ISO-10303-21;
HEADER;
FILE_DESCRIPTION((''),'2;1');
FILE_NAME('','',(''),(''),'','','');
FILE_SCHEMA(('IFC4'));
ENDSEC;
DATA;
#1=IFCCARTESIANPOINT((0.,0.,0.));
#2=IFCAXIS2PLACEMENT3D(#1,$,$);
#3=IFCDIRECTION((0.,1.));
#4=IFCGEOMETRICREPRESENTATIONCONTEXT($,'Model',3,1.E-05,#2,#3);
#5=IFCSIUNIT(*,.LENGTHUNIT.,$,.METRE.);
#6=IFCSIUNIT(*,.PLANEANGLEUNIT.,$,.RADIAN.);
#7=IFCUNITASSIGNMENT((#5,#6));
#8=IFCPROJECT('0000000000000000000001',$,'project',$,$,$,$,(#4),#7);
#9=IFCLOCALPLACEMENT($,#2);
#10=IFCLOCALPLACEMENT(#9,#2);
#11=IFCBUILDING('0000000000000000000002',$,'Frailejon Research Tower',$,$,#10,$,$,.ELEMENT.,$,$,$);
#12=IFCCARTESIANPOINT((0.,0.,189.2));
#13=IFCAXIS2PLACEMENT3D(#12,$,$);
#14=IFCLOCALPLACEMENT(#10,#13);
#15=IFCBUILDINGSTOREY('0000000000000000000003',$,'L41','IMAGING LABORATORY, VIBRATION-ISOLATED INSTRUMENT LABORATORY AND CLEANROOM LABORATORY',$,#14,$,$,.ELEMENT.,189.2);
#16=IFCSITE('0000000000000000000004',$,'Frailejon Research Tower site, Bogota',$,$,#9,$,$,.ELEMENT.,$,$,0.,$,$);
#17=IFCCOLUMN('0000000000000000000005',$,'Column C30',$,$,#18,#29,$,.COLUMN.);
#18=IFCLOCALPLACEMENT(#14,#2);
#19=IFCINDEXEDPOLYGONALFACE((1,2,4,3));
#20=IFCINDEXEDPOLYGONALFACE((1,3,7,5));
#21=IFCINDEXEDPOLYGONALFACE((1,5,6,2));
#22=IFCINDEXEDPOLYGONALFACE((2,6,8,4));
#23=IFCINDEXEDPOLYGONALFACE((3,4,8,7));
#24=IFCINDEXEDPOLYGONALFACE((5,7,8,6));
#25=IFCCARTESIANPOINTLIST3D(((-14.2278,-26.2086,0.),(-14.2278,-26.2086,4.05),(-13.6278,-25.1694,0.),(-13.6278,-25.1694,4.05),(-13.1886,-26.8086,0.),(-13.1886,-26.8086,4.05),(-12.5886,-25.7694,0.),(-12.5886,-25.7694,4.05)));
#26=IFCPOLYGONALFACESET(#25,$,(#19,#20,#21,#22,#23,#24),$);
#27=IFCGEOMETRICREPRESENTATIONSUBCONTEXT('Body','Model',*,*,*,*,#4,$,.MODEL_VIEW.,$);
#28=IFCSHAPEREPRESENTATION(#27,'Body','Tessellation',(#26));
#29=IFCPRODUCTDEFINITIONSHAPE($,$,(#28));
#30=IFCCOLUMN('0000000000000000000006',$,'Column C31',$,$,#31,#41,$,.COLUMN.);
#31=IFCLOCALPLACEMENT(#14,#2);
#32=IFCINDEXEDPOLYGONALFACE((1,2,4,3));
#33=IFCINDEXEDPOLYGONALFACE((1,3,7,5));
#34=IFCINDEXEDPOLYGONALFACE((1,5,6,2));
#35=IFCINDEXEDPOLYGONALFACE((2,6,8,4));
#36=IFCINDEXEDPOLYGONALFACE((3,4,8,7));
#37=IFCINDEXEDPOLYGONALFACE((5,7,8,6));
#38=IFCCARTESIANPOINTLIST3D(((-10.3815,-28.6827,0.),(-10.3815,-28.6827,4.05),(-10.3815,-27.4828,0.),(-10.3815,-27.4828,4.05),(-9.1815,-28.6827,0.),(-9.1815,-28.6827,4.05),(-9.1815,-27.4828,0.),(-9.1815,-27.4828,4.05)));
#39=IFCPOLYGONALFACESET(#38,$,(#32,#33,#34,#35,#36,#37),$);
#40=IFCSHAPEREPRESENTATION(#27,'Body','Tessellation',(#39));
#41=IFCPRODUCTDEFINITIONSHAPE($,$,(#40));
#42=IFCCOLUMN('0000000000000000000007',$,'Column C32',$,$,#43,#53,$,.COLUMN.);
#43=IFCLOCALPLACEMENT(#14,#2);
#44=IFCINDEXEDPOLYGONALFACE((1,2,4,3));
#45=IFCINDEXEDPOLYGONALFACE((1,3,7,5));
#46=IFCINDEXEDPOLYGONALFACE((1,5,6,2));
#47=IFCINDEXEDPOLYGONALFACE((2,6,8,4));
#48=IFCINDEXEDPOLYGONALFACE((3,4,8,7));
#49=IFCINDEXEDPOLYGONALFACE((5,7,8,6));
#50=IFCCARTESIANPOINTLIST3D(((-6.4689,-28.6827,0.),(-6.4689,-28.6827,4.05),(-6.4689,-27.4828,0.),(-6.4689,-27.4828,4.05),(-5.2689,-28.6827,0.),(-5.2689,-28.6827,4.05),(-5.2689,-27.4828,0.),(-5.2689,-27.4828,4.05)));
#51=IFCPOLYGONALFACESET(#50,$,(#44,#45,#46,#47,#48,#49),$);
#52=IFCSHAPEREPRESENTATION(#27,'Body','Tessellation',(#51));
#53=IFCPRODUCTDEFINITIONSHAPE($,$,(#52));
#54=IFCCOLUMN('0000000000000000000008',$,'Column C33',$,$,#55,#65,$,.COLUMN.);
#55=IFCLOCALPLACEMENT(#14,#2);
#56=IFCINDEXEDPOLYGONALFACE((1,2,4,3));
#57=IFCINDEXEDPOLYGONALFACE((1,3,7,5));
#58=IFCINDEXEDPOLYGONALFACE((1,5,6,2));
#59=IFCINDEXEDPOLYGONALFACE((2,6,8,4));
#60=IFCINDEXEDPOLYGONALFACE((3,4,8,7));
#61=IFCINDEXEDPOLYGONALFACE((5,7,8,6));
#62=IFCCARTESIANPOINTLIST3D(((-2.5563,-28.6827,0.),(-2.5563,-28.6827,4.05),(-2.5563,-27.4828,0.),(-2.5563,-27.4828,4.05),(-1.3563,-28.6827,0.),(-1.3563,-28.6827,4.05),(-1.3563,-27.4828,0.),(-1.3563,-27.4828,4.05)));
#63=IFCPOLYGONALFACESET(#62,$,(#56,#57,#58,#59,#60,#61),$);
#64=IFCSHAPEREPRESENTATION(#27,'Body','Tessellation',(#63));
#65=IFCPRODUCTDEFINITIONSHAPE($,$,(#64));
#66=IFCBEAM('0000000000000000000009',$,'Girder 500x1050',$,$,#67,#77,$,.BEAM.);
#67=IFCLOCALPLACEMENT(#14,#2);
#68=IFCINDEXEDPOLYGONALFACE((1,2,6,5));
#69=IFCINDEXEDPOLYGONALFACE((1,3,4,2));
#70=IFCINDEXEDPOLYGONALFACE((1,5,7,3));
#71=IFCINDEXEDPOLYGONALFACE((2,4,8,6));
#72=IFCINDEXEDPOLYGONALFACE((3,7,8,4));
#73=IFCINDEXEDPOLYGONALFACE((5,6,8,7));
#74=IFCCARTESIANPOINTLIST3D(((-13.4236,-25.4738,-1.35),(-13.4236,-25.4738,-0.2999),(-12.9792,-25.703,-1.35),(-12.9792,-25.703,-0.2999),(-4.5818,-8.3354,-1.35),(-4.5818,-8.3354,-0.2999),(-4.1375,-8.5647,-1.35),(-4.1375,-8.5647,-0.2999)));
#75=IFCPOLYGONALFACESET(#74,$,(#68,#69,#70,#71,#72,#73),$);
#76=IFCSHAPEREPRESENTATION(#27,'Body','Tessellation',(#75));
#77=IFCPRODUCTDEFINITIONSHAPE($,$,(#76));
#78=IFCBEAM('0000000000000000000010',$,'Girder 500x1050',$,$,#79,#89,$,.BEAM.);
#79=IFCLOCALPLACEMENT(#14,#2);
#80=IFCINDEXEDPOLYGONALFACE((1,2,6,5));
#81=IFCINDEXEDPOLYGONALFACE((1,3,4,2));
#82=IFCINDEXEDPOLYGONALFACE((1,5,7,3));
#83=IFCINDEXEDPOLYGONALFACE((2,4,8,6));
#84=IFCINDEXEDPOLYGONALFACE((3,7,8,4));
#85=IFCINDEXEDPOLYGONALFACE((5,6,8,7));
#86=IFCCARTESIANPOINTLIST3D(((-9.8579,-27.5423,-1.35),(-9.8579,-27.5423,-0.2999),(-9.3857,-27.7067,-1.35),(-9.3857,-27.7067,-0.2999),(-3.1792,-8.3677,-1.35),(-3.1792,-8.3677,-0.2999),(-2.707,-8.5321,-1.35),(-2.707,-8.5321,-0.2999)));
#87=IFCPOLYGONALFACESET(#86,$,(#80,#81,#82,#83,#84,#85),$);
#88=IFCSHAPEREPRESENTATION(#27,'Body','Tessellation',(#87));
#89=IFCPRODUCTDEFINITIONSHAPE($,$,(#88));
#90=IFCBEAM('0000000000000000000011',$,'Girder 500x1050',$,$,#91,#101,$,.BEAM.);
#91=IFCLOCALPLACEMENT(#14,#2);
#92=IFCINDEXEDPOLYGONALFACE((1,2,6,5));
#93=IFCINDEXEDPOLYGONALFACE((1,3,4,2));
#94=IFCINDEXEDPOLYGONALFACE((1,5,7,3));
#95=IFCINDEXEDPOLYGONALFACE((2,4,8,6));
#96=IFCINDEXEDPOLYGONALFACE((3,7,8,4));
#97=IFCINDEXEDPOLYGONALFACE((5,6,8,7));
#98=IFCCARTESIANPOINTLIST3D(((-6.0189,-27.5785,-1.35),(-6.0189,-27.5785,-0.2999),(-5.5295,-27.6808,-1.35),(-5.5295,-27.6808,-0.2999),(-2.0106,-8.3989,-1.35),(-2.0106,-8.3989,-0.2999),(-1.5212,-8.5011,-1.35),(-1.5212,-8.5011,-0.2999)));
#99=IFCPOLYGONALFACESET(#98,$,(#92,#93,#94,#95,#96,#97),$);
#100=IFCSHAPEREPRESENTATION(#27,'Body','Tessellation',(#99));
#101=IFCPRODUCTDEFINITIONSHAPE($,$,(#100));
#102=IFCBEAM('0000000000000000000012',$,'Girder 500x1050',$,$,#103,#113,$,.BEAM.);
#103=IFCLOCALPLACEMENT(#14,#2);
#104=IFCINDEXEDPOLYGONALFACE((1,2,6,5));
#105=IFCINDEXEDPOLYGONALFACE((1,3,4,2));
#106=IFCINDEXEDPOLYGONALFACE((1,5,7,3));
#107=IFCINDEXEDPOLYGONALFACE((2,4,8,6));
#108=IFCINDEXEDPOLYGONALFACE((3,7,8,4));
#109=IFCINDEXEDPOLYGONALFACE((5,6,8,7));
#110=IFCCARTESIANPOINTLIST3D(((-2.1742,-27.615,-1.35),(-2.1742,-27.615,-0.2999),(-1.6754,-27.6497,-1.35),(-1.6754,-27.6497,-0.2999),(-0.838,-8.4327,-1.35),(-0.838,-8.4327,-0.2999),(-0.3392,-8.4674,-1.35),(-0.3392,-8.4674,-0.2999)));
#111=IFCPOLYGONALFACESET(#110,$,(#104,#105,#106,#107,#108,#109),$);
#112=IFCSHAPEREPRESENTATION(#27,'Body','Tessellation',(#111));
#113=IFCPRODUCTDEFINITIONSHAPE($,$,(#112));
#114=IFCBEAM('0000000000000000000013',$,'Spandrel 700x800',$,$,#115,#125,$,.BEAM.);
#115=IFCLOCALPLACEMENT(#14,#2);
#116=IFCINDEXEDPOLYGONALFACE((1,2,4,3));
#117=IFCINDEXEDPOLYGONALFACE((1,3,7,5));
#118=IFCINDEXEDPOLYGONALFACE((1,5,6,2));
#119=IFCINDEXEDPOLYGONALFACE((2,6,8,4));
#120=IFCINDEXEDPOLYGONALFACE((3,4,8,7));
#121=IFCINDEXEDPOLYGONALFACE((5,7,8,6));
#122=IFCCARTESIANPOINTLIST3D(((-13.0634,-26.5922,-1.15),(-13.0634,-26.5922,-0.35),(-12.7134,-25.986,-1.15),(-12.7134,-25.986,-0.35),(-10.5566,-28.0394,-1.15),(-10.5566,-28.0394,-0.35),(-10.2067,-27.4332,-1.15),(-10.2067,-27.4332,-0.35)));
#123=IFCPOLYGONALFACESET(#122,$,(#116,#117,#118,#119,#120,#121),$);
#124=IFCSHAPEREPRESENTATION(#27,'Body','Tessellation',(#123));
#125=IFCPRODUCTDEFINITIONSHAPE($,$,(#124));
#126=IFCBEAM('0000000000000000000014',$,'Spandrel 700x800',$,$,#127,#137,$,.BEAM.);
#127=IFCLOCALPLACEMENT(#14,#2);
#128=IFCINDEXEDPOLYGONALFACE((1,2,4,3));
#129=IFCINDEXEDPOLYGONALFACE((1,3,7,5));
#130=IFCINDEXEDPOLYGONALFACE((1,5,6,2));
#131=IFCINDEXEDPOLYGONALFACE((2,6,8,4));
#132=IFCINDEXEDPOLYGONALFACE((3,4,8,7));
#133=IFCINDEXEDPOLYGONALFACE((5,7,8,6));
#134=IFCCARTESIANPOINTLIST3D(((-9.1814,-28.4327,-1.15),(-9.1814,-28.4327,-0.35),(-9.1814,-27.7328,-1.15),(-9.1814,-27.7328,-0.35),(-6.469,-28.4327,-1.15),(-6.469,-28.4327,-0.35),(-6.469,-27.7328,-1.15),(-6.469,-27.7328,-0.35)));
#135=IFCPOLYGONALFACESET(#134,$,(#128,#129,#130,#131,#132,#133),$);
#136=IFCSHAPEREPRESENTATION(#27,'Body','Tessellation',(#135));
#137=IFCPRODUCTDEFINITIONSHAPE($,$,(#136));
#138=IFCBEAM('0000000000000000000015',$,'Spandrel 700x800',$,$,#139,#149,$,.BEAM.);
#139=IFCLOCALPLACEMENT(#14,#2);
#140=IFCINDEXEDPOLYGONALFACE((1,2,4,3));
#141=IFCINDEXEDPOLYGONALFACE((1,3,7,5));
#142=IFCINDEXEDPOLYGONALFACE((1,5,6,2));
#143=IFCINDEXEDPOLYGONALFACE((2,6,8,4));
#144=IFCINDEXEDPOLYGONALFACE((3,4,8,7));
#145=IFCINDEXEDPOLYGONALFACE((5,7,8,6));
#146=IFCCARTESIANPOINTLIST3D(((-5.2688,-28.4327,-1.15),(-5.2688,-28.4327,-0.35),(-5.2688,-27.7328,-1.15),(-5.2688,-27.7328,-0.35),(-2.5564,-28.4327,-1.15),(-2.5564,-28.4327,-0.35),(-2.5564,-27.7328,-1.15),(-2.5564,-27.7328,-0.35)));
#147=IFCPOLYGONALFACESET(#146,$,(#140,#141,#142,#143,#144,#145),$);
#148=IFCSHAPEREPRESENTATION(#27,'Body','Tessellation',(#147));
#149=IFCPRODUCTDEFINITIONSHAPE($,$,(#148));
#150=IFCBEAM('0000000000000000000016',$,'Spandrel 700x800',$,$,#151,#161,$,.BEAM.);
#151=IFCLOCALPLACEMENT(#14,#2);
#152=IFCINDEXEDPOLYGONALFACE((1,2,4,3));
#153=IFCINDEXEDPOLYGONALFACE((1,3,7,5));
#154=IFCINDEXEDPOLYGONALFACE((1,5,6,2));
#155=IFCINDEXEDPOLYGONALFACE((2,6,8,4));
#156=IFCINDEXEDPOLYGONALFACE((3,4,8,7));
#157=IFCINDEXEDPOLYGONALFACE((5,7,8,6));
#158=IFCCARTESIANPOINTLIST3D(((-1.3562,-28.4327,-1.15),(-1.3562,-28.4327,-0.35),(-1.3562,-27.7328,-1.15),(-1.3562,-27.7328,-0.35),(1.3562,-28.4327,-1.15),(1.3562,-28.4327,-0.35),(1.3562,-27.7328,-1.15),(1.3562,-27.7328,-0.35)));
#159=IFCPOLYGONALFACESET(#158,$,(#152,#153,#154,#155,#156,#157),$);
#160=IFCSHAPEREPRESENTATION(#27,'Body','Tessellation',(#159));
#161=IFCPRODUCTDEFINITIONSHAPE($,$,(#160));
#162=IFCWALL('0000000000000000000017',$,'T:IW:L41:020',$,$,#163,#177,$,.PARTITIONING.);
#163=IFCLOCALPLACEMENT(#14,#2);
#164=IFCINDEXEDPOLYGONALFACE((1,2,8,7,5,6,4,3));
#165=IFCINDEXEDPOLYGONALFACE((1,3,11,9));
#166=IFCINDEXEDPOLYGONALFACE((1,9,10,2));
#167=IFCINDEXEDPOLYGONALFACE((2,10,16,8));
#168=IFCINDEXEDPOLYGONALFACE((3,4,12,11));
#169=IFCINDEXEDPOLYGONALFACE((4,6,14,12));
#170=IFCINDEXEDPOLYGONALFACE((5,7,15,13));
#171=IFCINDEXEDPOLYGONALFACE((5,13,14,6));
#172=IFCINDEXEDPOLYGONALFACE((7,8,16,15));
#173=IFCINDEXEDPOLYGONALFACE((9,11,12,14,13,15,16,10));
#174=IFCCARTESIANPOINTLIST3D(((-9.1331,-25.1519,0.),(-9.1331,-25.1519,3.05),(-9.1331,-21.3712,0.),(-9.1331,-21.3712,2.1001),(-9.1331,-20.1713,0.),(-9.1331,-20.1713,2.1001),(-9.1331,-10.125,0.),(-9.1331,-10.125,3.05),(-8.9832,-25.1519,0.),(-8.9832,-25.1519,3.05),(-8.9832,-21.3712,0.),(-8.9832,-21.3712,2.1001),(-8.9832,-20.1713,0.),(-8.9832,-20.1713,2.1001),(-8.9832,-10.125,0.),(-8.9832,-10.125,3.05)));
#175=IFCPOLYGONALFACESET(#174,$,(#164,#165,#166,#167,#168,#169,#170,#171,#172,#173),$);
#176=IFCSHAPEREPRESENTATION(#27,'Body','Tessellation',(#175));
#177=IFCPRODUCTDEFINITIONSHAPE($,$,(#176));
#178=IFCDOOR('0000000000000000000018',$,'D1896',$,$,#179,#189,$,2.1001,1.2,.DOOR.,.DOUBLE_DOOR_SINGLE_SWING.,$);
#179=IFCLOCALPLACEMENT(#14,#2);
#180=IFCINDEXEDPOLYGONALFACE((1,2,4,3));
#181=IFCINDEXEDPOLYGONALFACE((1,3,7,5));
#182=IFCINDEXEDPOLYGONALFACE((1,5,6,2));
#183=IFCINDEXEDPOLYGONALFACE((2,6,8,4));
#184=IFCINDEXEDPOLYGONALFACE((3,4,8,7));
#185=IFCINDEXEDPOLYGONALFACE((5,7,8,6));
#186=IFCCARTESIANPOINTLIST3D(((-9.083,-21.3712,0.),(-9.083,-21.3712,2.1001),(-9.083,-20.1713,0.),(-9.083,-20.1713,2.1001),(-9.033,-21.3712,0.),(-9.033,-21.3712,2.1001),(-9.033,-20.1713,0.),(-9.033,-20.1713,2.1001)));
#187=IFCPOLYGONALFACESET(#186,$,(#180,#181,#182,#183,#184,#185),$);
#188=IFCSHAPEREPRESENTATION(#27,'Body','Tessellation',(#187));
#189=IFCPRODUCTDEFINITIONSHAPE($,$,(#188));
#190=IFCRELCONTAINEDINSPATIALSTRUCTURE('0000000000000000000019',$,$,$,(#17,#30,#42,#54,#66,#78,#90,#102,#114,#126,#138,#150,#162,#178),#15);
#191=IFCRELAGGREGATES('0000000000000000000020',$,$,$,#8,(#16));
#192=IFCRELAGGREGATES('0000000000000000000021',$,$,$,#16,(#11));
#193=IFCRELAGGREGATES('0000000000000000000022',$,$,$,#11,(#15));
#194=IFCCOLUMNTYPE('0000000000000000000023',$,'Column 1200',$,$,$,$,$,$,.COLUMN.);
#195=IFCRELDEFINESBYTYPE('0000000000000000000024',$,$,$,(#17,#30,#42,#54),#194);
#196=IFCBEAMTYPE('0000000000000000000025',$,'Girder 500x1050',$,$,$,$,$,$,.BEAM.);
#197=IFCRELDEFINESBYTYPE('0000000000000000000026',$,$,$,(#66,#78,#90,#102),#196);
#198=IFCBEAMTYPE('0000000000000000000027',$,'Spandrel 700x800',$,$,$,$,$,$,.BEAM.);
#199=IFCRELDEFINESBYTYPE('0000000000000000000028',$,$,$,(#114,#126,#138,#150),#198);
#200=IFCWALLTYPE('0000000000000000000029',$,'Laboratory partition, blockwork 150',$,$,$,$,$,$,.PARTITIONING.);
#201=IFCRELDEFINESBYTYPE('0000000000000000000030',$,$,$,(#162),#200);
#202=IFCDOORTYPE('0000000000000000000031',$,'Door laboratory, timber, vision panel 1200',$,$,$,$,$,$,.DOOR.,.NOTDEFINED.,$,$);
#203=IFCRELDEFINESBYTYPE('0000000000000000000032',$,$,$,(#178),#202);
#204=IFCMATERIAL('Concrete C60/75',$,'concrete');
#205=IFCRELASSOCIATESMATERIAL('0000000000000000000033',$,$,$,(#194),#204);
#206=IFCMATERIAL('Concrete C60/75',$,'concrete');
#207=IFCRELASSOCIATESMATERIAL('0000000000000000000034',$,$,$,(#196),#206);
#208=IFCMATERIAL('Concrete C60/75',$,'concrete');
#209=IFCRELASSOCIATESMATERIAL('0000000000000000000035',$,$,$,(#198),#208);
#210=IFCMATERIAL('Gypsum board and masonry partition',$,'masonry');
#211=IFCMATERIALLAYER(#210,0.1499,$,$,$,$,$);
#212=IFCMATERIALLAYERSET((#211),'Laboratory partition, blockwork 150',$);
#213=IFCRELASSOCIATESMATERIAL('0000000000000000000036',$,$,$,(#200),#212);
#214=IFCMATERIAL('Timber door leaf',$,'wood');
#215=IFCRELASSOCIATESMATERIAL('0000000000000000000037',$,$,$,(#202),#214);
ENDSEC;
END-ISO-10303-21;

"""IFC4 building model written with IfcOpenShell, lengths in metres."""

from ifc_helpers import new_model, si_unit, direction, frame, frame_2d, origin, origin_2d, place, context, subcontext, project, spatial, rectangle, extrude, material, layer, layer_set, material_profile, profile_set, type_object, element, fill, save


model = new_model("IFC4")

# Units and contexts
model_context = context("Model", 3, precision=1e-05, world=origin(), true_north=direction((0.0, 1.0)))
body_context = subcontext(model_context, "Body", "Model", "MODEL_VIEW")
ifc_project = project(units=[si_unit("LENGTHUNIT", "METRE"), si_unit("PLANEANGLEUNIT", "RADIAN")], contexts=[model_context])

# Site, building, storey
site_placement = place(None, origin())
site = spatial("IfcSite", under=ifc_project, at=site_placement, Name="Frailejon Research Tower site, Bogota", CompositionType="ELEMENT", RefElevation=0.0)
building_placement = place(site_placement, origin())
building = spatial("IfcBuilding", under=site, at=building_placement, Name="Frailejon Research Tower", CompositionType="ELEMENT")
storey_placement = place(building_placement, frame((0.0, 0.0, 189.2)))
storey = spatial("IfcBuildingStorey", under=building, at=storey_placement, Name="L41", Description="IMAGING LABORATORY, VIBRATION-ISOLATED INSTRUMENT LABORATORY AND CLEANROOM LABORATORY", CompositionType="ELEMENT", Elevation=189.2)

# Columns
ifc_material_1 = material(Name="Concrete C60/75", Category="concrete")
ifc_material_profile_1 = material_profile(ifc_material_1, rectangle(XDim=1.2, YDim=1.2, at=origin_2d()), Name="Column 1200")
ifc_profile_set_1 = profile_set([ifc_material_profile_1], Name="Concrete C60/75")
column_type = type_object("IfcColumnType", Name="Column 1200", PredefinedType="COLUMN", material=ifc_profile_set_1)
for number, where, z_axis, x_axis, name in (
    (1, (-13.4082, -25.989, 0.0), (0.0, 0.0, 1.0), (0.866025, -0.5, 0.0), "Column C30"),
    (2, (-9.7815, -28.0828, 0.0), (0.0, 0.0, 1.0), (1.0, 0.0, 0.0), "Column C31"),
    (3, (-5.8689, -28.0828, 0.0), (0.0, 0.0, 1.0), (1.0, 0.0, 0.0), "Column C32"),
    (4, (-1.9563, -28.0828, 0.0), (0.0, 0.0, 1.0), (1.0, 0.0, 0.0), "Column C33"),
):
    element("IfcColumn", number, at=place(storey_placement, frame(where, z_axis=z_axis, x_axis=x_axis)), inside=storey, type_object=column_type, Name=name, PredefinedType="COLUMN", context=body_context, shape_type="SweptSolid", body=[
        extrude(rectangle(XDim=1.2, YDim=1.2, at=origin_2d()), origin(), (0.0, 0.0, 1.0), 4.05),
    ])

# Beams
ifc_material_2 = material(Name="Concrete C60/75", Category="concrete")
ifc_material_profile_2 = material_profile(ifc_material_2, rectangle(XDim=0.5, YDim=1.05, at=origin_2d()), Name="Girder 500x1050")
ifc_profile_set_2 = profile_set([ifc_material_profile_2], Name="Concrete C60/75")
beam_type_1 = type_object("IfcBeamType", Name="Girder 500x1050", PredefinedType="BEAM", material=ifc_profile_set_2)
beam_1_placement = place(storey_placement, frame((-13.2014, -25.5884, -0.825), z_axis=(0.458486, 0.888702, 0.0), x_axis=(-0.888702, 0.458486, 0.0)))
element("IfcBeam", 5, at=beam_1_placement, inside=storey, type_object=beam_type_1, Name="Girder 500x1050", PredefinedType="BEAM", context=body_context, shape_type="SweptSolid", body=[
    extrude(rectangle(XDim=0.5, YDim=1.05, at=origin_2d()), origin(), (0.0, 0.0, 1.0), 19.2847),
])
beam_2_placement = place(storey_placement, frame((-9.6218, -27.6245, -0.825), z_axis=(0.328929, 0.944355, 0.0), x_axis=(-0.944355, 0.328929, 0.0)))
element("IfcBeam", 6, at=beam_2_placement, inside=storey, type_object=beam_type_1, Name="Girder 500x1050", PredefinedType="BEAM", context=body_context, shape_type="SweptSolid", body=[
    extrude(rectangle(XDim=0.5, YDim=1.05, at=origin_2d()), origin(), (0.0, 0.0, 1.0), 20.3044),
])
beam_3_placement = place(storey_placement, frame((-5.7742, -27.6296, -0.825), z_axis=(0.204567, 0.978853, 0.0), x_axis=(-0.978853, 0.204567, 0.0)))
element("IfcBeam", 7, at=beam_3_placement, inside=storey, type_object=beam_type_1, Name="Girder 500x1050", PredefinedType="BEAM", context=body_context, shape_type="SweptSolid", body=[
    extrude(rectangle(XDim=0.5, YDim=1.05, at=origin_2d()), origin(), (0.0, 0.0, 1.0), 19.594),
])
beam_4_placement = place(storey_placement, frame((-1.9248, -27.6323, -0.825), z_axis=(0.069488, 0.997583, 0.0), x_axis=(-0.997583, 0.069488, 0.0)))
element("IfcBeam", 8, at=beam_4_placement, inside=storey, type_object=beam_type_1, Name="Girder 500x1050", PredefinedType="BEAM", context=body_context, shape_type="SweptSolid", body=[
    extrude(rectangle(XDim=0.5, YDim=1.05, at=origin_2d()), origin(), (0.0, 0.0, 1.0), 19.2288),
])
ifc_material_3 = material(Name="Concrete C60/75", Category="concrete")
ifc_material_profile_3 = material_profile(ifc_material_3, rectangle(XDim=0.7, YDim=0.8, at=origin_2d()), Name="Spandrel 700x800")
ifc_profile_set_3 = profile_set([ifc_material_profile_3], Name="Concrete C60/75")
beam_type_2 = type_object("IfcBeamType", Name="Spandrel 700x800", PredefinedType="BEAM", material=ifc_profile_set_3)
beam_5_placement = place(storey_placement, frame((-12.8884, -26.2891, -0.75), z_axis=(0.866034, -0.499985, 0.0), x_axis=(0.499985, 0.866034, 0.0)))
element("IfcBeam", 9, at=beam_5_placement, inside=storey, type_object=beam_type_2, Name="Spandrel 700x800", PredefinedType="BEAM", context=body_context, shape_type="SweptSolid", body=[
    extrude(rectangle(XDim=0.7, YDim=0.8, at=origin_2d()), origin(), (0.0, 0.0, 1.0), 2.8945),
])
for number, where, z_axis, x_axis, name in (
    (10, (-9.1814, -28.0828, -0.75), (1.0, 0.0, 0.0), (0.0, 1.0, 0.0), "Spandrel 700x800"),
    (11, (-5.2688, -28.0828, -0.75), (1.0, 0.0, 0.0), (0.0, 1.0, 0.0), "Spandrel 700x800"),
    (12, (-1.3562, -28.0828, -0.75), (1.0, 0.0, 0.0), (0.0, 1.0, 0.0), "Spandrel 700x800"),
):
    element("IfcBeam", number, at=place(storey_placement, frame(where, z_axis=z_axis, x_axis=x_axis)), inside=storey, type_object=beam_type_2, Name=name, PredefinedType="BEAM", context=body_context, shape_type="SweptSolid", body=[
        extrude(rectangle(XDim=0.7, YDim=0.8, at=origin_2d()), origin(), (0.0, 0.0, 1.0), 2.7124),
    ])

# Wall, opening, door
ifc_material_4 = material(Name="Gypsum board and masonry partition", Category="masonry")
ifc_layer_1 = layer(ifc_material_4, 0.1499)
ifc_layer_set_1 = layer_set([ifc_layer_1], Name="Laboratory partition, blockwork 150")
wall_type_1 = type_object("IfcWallType", Name="Laboratory partition, blockwork 150", PredefinedType="PARTITIONING", material=ifc_layer_set_1)
wall_1_placement = place(storey_placement, frame((-9.0581, -25.1519, 0.0), z_axis=(0.0, 0.0, 1.0), x_axis=(0.0, 1.0, 0.0)))
wall_1 = element("IfcWall", 13, at=wall_1_placement, inside=storey, type_object=wall_type_1, Name="T:IW:L41:020", PredefinedType="PARTITIONING", context=body_context, shape_type="SweptSolid", body=[
    extrude(rectangle(XDim=15.0269, YDim=0.1499, at=frame_2d((7.5134, 0.0))), origin(), (0.0, 0.0, 1.0), 3.05),
])
opening_1_placement = place(wall_1_placement, frame((3.7805, 0.0, 0.0)))
opening_1 = element("IfcOpeningElement", 14, at=opening_1_placement, cuts=wall_1, PredefinedType="OPENING", context=body_context, shape_type="SweptSolid", body=[
    extrude(rectangle(XDim=1.2, YDim=2.1001, at=frame_2d((0.6001, 1.05))), frame((0.0, 0.085, 0.0), z_axis=(0.0, -1.0, 0.0), x_axis=(1.0, 0.0, 0.0)), (0.0, 0.0, 1.0), 0.1699),
])
ifc_material_5 = material(Name="Timber door leaf", Category="wood")
door_type_1 = type_object("IfcDoorType", Name="Door laboratory, timber, vision panel 1200", OperationType="NOTDEFINED", PredefinedType="DOOR", material=ifc_material_5)
door_1_placement = place(opening_1_placement, origin())
door_1 = element("IfcDoor", 15, at=door_1_placement, inside=storey, type_object=door_type_1, Name="D1896", OperationType="DOUBLE_DOOR_SINGLE_SWING", OverallHeight=2.1001, OverallWidth=1.2, PredefinedType="DOOR", context=body_context, shape_type="SweptSolid", body=[
    extrude(rectangle(XDim=1.2, YDim=2.1001, at=frame_2d((0.6001, 1.05))), frame((0.0, 0.0249, 0.0), z_axis=(0.0, -1.0, 0.0), x_axis=(1.0, 0.0, 0.0)), (0.0, 0.0, 1.0), 0.05),
])
fill(opening_1, door_1)

save(model, "model.ifc")
